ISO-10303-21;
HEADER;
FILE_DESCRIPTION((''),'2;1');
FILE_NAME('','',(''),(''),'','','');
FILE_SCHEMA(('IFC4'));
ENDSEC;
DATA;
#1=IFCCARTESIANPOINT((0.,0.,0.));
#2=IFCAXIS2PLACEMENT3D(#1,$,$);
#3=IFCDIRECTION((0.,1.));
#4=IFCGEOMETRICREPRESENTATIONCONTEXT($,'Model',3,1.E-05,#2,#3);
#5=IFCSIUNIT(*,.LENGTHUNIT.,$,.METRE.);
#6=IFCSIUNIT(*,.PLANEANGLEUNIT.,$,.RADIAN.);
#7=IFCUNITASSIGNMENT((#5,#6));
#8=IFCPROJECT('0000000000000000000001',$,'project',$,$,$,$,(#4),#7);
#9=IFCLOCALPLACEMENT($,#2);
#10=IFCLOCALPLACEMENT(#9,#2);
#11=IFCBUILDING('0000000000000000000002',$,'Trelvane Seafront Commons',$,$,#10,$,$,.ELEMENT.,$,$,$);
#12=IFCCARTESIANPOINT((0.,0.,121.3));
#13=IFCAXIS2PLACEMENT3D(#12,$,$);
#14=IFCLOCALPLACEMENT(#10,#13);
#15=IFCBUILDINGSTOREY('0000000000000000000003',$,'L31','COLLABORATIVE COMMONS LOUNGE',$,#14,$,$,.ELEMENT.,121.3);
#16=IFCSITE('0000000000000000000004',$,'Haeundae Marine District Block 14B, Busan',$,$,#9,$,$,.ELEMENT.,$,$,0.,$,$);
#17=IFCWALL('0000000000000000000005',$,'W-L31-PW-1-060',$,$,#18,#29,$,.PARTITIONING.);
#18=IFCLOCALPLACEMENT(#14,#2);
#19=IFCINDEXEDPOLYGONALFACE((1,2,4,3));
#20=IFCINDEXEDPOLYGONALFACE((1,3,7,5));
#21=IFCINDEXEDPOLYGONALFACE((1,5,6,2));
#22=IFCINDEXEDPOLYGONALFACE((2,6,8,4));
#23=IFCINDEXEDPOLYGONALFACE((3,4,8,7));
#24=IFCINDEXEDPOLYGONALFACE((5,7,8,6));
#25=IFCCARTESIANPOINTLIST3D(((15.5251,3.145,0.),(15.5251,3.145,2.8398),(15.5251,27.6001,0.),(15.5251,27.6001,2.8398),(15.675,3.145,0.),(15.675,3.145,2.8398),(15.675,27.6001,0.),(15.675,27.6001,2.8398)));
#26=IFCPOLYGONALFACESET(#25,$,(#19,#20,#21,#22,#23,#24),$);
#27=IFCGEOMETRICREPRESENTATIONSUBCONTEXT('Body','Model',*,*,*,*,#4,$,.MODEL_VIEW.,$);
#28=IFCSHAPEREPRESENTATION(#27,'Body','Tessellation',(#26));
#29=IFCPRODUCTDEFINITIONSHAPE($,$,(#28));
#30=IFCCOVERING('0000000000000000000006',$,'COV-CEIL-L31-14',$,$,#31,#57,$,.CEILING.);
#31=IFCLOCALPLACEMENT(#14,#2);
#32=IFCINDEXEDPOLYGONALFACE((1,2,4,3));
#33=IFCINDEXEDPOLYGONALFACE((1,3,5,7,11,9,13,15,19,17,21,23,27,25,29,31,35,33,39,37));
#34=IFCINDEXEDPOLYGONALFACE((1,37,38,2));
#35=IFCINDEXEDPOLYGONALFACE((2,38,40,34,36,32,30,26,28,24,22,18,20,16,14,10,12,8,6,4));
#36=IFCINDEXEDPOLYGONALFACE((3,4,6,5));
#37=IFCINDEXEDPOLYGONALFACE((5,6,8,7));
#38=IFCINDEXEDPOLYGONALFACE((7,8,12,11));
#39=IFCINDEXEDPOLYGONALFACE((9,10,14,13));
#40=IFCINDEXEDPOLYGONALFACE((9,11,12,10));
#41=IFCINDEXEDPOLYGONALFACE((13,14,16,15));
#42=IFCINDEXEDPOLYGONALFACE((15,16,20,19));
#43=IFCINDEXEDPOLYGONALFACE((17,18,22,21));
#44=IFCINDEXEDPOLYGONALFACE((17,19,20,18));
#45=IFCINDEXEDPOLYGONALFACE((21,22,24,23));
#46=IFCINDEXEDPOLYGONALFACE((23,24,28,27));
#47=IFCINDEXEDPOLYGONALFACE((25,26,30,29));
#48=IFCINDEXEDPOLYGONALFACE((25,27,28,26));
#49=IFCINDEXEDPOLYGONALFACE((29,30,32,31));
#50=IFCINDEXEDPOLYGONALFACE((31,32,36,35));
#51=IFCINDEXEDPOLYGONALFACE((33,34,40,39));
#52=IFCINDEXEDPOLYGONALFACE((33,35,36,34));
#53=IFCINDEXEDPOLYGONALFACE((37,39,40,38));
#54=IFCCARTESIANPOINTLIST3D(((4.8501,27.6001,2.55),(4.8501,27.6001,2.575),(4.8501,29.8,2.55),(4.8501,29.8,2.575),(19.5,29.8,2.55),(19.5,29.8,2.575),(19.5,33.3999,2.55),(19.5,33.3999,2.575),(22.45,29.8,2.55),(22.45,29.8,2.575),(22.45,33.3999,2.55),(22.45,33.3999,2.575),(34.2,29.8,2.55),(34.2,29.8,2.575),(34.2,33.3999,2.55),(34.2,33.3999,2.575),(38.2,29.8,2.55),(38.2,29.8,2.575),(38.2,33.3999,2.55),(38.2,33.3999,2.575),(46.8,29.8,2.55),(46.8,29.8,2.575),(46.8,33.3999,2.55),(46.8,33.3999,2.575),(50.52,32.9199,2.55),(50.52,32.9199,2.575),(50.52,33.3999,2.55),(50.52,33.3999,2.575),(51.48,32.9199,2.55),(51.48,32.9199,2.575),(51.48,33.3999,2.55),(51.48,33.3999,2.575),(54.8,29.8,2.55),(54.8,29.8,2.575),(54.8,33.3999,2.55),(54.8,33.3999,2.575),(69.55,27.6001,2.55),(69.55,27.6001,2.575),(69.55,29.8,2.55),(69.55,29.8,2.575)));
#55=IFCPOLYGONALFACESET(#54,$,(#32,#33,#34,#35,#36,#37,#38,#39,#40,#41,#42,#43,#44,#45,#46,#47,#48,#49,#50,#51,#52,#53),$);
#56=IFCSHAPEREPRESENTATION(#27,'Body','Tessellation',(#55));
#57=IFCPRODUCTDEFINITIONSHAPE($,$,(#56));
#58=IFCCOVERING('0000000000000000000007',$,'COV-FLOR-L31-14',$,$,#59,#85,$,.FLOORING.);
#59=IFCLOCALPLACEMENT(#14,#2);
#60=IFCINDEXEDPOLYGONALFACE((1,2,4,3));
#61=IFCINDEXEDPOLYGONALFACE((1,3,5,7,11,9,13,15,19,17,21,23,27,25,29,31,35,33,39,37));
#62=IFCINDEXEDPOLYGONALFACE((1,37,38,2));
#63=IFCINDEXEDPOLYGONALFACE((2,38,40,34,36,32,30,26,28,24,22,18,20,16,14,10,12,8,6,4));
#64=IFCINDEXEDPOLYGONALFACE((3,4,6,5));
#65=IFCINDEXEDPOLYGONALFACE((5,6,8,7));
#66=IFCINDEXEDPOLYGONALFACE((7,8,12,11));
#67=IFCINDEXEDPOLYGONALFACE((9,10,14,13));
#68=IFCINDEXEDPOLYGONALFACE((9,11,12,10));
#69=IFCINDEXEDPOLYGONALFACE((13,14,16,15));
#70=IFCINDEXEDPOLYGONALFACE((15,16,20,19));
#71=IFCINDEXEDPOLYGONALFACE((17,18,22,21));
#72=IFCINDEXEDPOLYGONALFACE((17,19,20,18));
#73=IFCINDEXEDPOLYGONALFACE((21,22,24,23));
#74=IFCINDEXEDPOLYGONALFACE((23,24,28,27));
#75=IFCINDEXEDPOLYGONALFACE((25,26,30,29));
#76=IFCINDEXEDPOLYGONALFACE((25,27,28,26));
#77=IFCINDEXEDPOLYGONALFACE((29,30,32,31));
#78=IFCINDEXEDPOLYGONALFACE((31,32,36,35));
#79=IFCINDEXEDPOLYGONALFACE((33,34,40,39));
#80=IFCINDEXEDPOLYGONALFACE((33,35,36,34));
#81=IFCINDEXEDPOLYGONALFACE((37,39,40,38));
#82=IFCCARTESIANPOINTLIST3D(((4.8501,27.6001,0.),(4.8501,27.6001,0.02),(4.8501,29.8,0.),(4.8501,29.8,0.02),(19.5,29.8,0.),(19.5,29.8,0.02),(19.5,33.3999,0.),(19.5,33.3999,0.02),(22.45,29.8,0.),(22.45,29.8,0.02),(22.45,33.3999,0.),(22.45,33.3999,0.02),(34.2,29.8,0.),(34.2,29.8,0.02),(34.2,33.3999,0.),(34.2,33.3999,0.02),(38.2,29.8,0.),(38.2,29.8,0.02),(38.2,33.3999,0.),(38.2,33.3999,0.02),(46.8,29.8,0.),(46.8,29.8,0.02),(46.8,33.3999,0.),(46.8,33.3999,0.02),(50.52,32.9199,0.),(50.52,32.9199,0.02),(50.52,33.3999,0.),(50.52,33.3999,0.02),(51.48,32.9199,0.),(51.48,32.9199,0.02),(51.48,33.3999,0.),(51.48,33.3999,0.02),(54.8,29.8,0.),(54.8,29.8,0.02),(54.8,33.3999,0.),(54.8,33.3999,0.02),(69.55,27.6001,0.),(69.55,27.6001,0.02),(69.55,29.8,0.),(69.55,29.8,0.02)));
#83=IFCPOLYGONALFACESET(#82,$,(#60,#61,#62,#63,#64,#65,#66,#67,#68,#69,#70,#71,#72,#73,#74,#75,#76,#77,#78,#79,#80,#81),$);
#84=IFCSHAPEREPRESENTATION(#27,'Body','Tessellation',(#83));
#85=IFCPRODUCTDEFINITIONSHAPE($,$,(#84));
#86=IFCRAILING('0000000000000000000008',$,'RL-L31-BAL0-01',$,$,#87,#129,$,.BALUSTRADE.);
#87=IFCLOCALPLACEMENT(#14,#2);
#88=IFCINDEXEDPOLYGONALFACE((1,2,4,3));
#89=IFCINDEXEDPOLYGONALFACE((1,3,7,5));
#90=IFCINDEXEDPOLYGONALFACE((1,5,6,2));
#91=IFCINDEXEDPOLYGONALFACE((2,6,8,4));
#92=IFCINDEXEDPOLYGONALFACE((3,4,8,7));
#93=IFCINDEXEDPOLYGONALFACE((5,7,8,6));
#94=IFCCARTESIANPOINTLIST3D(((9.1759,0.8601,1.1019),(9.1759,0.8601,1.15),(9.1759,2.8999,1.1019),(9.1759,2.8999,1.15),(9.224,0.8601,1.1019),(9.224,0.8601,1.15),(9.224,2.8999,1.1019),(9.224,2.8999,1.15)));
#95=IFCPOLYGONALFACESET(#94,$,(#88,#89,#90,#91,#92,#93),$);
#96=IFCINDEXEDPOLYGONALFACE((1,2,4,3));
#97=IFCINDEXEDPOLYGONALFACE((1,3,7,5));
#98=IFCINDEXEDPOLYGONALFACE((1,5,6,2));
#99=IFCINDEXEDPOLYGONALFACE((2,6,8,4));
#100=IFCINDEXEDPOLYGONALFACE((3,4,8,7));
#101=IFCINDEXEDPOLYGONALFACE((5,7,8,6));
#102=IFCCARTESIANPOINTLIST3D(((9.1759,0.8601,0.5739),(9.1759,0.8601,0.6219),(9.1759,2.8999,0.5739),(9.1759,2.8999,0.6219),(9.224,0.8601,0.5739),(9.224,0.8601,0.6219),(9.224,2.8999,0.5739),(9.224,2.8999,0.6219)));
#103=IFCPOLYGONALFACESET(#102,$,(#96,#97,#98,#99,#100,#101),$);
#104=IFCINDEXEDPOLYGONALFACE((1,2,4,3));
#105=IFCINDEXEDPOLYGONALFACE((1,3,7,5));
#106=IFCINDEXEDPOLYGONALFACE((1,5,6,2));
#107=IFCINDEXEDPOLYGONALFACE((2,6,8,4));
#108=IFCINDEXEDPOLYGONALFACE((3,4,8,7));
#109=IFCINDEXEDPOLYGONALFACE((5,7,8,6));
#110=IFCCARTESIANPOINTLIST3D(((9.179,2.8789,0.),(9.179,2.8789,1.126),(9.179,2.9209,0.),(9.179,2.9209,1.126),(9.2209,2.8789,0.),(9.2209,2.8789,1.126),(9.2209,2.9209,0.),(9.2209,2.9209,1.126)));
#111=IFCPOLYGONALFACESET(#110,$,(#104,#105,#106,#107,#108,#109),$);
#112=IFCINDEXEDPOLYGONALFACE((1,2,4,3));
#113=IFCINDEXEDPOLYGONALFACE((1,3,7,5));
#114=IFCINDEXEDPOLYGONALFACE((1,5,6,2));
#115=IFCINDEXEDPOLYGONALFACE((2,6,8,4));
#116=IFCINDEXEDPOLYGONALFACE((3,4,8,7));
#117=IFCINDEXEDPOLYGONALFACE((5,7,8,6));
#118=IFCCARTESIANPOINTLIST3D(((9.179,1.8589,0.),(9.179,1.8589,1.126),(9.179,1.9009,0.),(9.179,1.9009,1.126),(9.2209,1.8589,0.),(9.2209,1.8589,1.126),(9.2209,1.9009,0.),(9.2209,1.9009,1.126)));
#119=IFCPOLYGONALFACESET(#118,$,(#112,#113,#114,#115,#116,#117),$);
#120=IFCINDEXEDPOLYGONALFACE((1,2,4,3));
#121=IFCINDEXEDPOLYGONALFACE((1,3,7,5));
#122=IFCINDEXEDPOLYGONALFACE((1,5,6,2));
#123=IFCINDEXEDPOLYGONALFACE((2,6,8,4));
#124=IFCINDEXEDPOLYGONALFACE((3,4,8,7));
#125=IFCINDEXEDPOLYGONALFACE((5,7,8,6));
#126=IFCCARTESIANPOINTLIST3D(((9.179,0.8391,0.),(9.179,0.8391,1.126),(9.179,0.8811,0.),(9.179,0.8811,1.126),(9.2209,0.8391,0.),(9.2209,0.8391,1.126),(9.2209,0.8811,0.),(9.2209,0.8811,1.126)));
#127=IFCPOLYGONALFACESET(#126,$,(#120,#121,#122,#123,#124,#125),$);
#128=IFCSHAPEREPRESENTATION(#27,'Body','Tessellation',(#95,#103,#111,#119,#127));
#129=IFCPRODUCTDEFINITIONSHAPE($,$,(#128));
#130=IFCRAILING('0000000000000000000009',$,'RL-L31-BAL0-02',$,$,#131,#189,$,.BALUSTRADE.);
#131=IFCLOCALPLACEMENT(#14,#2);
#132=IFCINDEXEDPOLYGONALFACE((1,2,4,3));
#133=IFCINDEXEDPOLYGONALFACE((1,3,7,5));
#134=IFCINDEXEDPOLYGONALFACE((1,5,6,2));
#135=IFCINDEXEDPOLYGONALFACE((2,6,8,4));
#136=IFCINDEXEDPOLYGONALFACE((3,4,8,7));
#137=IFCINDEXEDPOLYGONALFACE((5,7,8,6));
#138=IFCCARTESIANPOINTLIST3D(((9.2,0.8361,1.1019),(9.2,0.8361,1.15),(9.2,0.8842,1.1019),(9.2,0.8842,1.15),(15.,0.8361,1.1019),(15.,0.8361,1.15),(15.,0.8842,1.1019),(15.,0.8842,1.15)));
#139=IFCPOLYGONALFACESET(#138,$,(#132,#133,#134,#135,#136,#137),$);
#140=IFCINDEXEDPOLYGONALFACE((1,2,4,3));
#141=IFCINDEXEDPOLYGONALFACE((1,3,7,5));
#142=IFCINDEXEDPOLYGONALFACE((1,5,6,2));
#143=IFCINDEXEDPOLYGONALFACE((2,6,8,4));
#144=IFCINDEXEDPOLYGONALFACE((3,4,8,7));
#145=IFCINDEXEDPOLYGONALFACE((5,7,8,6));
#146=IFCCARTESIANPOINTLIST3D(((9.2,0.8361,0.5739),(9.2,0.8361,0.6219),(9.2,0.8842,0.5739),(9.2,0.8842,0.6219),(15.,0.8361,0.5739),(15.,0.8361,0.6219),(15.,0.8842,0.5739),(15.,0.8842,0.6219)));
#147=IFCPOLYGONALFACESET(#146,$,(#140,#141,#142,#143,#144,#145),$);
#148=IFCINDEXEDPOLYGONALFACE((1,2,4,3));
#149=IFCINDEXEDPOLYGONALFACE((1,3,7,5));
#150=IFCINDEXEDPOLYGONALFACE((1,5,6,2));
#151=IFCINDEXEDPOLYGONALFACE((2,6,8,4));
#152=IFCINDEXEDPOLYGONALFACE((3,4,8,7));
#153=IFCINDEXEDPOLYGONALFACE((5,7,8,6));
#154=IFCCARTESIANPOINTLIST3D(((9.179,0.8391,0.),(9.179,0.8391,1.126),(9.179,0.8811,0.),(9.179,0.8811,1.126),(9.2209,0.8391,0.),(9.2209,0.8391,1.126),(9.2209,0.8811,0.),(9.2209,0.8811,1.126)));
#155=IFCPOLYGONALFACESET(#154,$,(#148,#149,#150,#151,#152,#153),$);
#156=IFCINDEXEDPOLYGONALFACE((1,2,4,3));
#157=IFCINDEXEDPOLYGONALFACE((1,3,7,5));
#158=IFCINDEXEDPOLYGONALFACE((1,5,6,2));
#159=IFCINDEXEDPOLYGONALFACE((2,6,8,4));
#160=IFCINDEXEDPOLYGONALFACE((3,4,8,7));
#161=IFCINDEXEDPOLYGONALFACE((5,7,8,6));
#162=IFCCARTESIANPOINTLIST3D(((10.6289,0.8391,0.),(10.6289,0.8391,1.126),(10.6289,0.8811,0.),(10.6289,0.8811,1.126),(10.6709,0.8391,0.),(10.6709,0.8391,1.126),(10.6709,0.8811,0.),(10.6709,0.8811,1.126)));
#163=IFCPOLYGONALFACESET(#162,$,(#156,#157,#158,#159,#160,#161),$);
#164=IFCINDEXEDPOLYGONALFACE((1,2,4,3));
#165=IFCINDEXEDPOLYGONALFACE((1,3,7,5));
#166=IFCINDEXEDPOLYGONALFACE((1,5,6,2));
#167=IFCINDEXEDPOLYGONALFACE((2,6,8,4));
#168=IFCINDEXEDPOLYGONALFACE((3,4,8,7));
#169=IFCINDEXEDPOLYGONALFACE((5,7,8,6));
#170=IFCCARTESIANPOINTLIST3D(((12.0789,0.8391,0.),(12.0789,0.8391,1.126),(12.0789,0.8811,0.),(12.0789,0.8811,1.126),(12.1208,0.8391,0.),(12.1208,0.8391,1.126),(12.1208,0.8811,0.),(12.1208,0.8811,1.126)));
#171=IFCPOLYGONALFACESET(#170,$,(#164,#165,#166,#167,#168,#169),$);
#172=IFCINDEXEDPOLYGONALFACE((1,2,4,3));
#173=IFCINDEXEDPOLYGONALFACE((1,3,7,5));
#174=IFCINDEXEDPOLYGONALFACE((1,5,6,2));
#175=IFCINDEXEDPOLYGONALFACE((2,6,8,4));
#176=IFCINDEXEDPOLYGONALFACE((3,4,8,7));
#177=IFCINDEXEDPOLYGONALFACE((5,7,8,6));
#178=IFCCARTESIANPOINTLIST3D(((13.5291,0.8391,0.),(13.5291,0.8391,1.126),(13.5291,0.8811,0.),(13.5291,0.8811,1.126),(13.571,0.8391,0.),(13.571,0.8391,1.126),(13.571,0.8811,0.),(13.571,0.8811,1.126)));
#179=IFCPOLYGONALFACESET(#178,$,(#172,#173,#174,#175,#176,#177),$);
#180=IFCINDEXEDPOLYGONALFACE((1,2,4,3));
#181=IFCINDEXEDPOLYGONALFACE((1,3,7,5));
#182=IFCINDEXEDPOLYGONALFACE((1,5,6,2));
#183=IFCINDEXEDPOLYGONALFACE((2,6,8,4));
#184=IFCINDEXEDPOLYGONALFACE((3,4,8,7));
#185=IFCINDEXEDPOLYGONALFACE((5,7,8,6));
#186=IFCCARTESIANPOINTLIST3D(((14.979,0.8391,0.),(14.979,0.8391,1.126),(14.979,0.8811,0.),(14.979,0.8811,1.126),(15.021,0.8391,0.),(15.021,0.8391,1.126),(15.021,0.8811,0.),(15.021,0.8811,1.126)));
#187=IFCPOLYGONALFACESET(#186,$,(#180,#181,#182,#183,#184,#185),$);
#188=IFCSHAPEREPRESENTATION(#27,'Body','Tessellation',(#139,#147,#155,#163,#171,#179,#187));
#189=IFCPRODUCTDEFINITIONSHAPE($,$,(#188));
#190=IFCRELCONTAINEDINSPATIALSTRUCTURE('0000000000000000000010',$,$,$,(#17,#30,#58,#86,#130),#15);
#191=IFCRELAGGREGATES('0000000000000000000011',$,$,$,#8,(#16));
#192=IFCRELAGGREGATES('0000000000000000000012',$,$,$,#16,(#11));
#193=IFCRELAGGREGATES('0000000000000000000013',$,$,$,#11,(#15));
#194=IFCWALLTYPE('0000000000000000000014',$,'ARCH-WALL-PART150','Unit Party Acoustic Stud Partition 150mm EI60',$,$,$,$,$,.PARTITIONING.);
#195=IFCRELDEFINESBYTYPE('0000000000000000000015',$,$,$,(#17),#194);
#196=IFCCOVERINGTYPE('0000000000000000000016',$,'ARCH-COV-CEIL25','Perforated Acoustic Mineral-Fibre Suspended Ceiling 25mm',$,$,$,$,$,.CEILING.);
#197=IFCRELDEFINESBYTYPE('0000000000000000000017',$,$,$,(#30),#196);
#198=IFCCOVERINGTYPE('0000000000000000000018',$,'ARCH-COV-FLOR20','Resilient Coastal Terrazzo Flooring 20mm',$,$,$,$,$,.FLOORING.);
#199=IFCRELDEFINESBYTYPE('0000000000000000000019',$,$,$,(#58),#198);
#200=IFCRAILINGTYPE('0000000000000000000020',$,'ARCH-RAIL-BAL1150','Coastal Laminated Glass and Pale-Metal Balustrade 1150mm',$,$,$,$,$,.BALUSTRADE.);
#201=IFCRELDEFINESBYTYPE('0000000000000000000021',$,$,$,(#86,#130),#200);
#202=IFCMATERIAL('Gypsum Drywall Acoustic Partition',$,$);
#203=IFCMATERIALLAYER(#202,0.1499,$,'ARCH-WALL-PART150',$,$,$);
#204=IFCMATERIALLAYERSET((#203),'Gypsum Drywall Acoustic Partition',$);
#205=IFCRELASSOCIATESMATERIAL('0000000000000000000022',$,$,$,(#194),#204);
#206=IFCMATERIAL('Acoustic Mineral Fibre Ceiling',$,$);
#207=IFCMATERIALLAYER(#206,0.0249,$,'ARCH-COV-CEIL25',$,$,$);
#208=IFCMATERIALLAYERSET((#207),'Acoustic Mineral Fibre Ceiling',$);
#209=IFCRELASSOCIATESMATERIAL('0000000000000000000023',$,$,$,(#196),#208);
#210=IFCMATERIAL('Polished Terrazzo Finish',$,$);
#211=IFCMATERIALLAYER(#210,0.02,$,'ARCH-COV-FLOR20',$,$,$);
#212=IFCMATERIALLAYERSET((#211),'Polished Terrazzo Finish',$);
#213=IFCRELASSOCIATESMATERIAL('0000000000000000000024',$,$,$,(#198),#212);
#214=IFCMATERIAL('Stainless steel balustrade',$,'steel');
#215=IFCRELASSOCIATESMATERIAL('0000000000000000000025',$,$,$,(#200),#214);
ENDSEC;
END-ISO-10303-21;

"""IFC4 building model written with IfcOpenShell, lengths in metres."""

from ifc_helpers import new_model, si_unit, direction, frame, frame_2d, origin, origin_2d, place, context, subcontext, project, spatial, polyline, rectangle, outline, extrude, material, layer, layer_set, type_object, element, save


model = new_model("IFC4")

# Units and contexts
model_context = context("Model", 3, precision=1e-05, world=origin(), true_north=direction((0.0, 1.0)))
body_context = subcontext(model_context, "Body", "Model", "MODEL_VIEW")
ifc_project = project(units=[si_unit("LENGTHUNIT", "METRE"), si_unit("PLANEANGLEUNIT", "RADIAN")], contexts=[model_context])

# Site, building, storey
site_placement = place(None, origin())
site = spatial("IfcSite", under=ifc_project, at=site_placement, Name="Haeundae Marine District Block 14B, Busan", CompositionType="ELEMENT", RefElevation=0.0)
building_placement = place(site_placement, origin())
building = spatial("IfcBuilding", under=site, at=building_placement, Name="Trelvane Seafront Commons", CompositionType="ELEMENT")
storey_placement = place(building_placement, frame((0.0, 0.0, 121.3)))
storey = spatial("IfcBuildingStorey", under=building, at=storey_placement, Name="L31", Description="COLLABORATIVE COMMONS LOUNGE", CompositionType="ELEMENT", Elevation=121.3)

# Wall
ifc_material_1 = material(Name="Gypsum Drywall Acoustic Partition")
ifc_layer_1 = layer(ifc_material_1, 0.1499, Name="ARCH-WALL-PART150")
ifc_layer_set_1 = layer_set([ifc_layer_1], Name="Gypsum Drywall Acoustic Partition")
wall_type_1 = type_object("IfcWallType", Name="ARCH-WALL-PART150", Description="Unit Party Acoustic Stud Partition 150mm EI60", PredefinedType="PARTITIONING", material=ifc_layer_set_1)
wall_1_placement = place(storey_placement, frame((15.6001, 3.145, 0.0), z_axis=(0.0, 0.0, 1.0), x_axis=(0.0, 1.0, 0.0)))
element("IfcWall", 1, at=wall_1_placement, inside=storey, type_object=wall_type_1, Name="W-L31-PW-1-060", PredefinedType="PARTITIONING", context=body_context, shape_type="SweptSolid", body=[
    extrude(rectangle(XDim=24.4551, YDim=0.1499, at=frame_2d((12.2275, 0.0))), origin(), (0.0, 0.0, 1.0), 2.8398),
])

# Coverings
ifc_material_2 = material(Name="Acoustic Mineral Fibre Ceiling")
ifc_layer_2 = layer(ifc_material_2, 0.0249, Name="ARCH-COV-CEIL25")
ifc_layer_set_2 = layer_set([ifc_layer_2], Name="Acoustic Mineral Fibre Ceiling")
covering_type_1 = type_object("IfcCoveringType", Name="ARCH-COV-CEIL25", Description="Perforated Acoustic Mineral-Fibre Suspended Ceiling 25mm", PredefinedType="CEILING", material=ifc_layer_set_2)
covering_1_placement = place(storey_placement, frame((0.0, 0.0, 2.55)))
element("IfcCovering", 2, at=covering_1_placement, inside=storey, type_object=covering_type_1, Name="COV-CEIL-L31-14", PredefinedType="CEILING", context=body_context, shape_type="SweptSolid", body=[
    extrude(outline(polyline([(51.48, 33.3999), (51.48, 32.9199), (50.52, 32.9199), (50.52, 33.3999), (46.8, 33.3999), (46.8, 29.8), (38.2, 29.8), (38.2, 33.3999), (34.2, 33.3999), (34.2, 29.8), (22.45, 29.8), (22.45, 33.3999), (19.5, 33.3999), (19.5, 29.8), (4.8501, 29.8), (4.8501, 27.6001), (69.55, 27.6001), (69.55, 29.8), (54.8, 29.8), (54.8, 33.3999), (51.48, 33.3999)])), origin(), (0.0, 0.0, 1.0), 0.0249),
])
ifc_material_3 = material(Name="Polished Terrazzo Finish")
ifc_layer_3 = layer(ifc_material_3, 0.02, Name="ARCH-COV-FLOR20")
ifc_layer_set_3 = layer_set([ifc_layer_3], Name="Polished Terrazzo Finish")
covering_type_2 = type_object("IfcCoveringType", Name="ARCH-COV-FLOR20", Description="Resilient Coastal Terrazzo Flooring 20mm", PredefinedType="FLOORING", material=ifc_layer_set_3)
covering_2_placement = place(storey_placement, origin())
element("IfcCovering", 3, at=covering_2_placement, inside=storey, type_object=covering_type_2, Name="COV-FLOR-L31-14", PredefinedType="FLOORING", context=body_context, shape_type="SweptSolid", body=[
    extrude(outline(polyline([(51.48, 33.3999), (51.48, 32.9199), (50.52, 32.9199), (50.52, 33.3999), (46.8, 33.3999), (46.8, 29.8), (38.2, 29.8), (38.2, 33.3999), (34.2, 33.3999), (34.2, 29.8), (22.45, 29.8), (22.45, 33.3999), (19.5, 33.3999), (19.5, 29.8), (4.8501, 29.8), (4.8501, 27.6001), (69.55, 27.6001), (69.55, 29.8), (54.8, 29.8), (54.8, 33.3999), (51.48, 33.3999)])), origin(), (0.0, 0.0, 1.0), 0.02),
])

# Railings
ifc_material_4 = material(Name="Stainless steel balustrade", Category="steel")
railing_type = type_object("IfcRailingType", Name="ARCH-RAIL-BAL1150", Description="Coastal Laminated Glass and Pale-Metal Balustrade 1150mm", PredefinedType="BALUSTRADE", material=ifc_material_4)
railing_1_placement = place(storey_placement, frame((9.2, 2.8999, 0.0)))
element("IfcRailing", 4, at=railing_1_placement, inside=storey, type_object=railing_type, Name="RL-L31-BAL0-01", PredefinedType="BALUSTRADE", context=body_context, shape_type="SweptSolid", body=[
    extrude(rectangle(XDim=0.0481, YDim=0.0481, at=origin_2d()), frame((0.0, 0.0, 1.126), z_axis=(0.0, -1.0, 0.0), x_axis=(1.0, 0.0, 0.0)), (0.0, 0.0, 1.0), 2.0398),
    extrude(rectangle(XDim=0.0481, YDim=0.0481, at=origin_2d()), frame((0.0, 0.0, 0.5979), z_axis=(0.0, -1.0, 0.0), x_axis=(1.0, 0.0, 0.0)), (0.0, 0.0, 1.0), 2.0398),
    extrude(rectangle(XDim=0.042, YDim=0.042, at=origin_2d()), origin(), (0.0, 0.0, 1.0), 1.126),
    extrude(rectangle(XDim=0.042, YDim=0.042, at=origin_2d()), frame((0.0, -1.02, 0.0)), (0.0, 0.0, 1.0), 1.126),
    extrude(rectangle(XDim=0.042, YDim=0.042, at=origin_2d()), frame((0.0, -2.0398, 0.0)), (0.0, 0.0, 1.0), 1.126),
])
railing_2_placement = place(storey_placement, frame((9.2, 0.8601, 0.0)))
element("IfcRailing", 5, at=railing_2_placement, inside=storey, type_object=railing_type, Name="RL-L31-BAL0-02", PredefinedType="BALUSTRADE", context=body_context, shape_type="SweptSolid", body=[
    extrude(rectangle(XDim=0.0481, YDim=0.0481, at=origin_2d()), frame((0.0, 0.0, 1.126), z_axis=(1.0, 0.0, 0.0), x_axis=(0.0, 1.0, 0.0)), (0.0, 0.0, 1.0), 5.8),
    extrude(rectangle(XDim=0.0481, YDim=0.0481, at=origin_2d()), frame((0.0, 0.0, 0.5979), z_axis=(1.0, 0.0, 0.0), x_axis=(0.0, 1.0, 0.0)), (0.0, 0.0, 1.0), 5.8),
    extrude(rectangle(XDim=0.042, YDim=0.042, at=origin_2d()), origin(), (0.0, 0.0, 1.0), 1.126),
    extrude(rectangle(XDim=0.042, YDim=0.042, at=origin_2d()), frame((1.45, 0.0, 0.0)), (0.0, 0.0, 1.0), 1.126),
    extrude(rectangle(XDim=0.042, YDim=0.042, at=origin_2d()), frame((2.8999, 0.0, 0.0)), (0.0, 0.0, 1.0), 1.126),
    extrude(rectangle(XDim=0.042, YDim=0.042, at=origin_2d()), frame((4.3501, 0.0, 0.0)), (0.0, 0.0, 1.0), 1.126),
    extrude(rectangle(XDim=0.042, YDim=0.042, at=origin_2d()), frame((5.8, 0.0, 0.0)), (0.0, 0.0, 1.0), 1.126),
])

save(model, "model.ifc")
